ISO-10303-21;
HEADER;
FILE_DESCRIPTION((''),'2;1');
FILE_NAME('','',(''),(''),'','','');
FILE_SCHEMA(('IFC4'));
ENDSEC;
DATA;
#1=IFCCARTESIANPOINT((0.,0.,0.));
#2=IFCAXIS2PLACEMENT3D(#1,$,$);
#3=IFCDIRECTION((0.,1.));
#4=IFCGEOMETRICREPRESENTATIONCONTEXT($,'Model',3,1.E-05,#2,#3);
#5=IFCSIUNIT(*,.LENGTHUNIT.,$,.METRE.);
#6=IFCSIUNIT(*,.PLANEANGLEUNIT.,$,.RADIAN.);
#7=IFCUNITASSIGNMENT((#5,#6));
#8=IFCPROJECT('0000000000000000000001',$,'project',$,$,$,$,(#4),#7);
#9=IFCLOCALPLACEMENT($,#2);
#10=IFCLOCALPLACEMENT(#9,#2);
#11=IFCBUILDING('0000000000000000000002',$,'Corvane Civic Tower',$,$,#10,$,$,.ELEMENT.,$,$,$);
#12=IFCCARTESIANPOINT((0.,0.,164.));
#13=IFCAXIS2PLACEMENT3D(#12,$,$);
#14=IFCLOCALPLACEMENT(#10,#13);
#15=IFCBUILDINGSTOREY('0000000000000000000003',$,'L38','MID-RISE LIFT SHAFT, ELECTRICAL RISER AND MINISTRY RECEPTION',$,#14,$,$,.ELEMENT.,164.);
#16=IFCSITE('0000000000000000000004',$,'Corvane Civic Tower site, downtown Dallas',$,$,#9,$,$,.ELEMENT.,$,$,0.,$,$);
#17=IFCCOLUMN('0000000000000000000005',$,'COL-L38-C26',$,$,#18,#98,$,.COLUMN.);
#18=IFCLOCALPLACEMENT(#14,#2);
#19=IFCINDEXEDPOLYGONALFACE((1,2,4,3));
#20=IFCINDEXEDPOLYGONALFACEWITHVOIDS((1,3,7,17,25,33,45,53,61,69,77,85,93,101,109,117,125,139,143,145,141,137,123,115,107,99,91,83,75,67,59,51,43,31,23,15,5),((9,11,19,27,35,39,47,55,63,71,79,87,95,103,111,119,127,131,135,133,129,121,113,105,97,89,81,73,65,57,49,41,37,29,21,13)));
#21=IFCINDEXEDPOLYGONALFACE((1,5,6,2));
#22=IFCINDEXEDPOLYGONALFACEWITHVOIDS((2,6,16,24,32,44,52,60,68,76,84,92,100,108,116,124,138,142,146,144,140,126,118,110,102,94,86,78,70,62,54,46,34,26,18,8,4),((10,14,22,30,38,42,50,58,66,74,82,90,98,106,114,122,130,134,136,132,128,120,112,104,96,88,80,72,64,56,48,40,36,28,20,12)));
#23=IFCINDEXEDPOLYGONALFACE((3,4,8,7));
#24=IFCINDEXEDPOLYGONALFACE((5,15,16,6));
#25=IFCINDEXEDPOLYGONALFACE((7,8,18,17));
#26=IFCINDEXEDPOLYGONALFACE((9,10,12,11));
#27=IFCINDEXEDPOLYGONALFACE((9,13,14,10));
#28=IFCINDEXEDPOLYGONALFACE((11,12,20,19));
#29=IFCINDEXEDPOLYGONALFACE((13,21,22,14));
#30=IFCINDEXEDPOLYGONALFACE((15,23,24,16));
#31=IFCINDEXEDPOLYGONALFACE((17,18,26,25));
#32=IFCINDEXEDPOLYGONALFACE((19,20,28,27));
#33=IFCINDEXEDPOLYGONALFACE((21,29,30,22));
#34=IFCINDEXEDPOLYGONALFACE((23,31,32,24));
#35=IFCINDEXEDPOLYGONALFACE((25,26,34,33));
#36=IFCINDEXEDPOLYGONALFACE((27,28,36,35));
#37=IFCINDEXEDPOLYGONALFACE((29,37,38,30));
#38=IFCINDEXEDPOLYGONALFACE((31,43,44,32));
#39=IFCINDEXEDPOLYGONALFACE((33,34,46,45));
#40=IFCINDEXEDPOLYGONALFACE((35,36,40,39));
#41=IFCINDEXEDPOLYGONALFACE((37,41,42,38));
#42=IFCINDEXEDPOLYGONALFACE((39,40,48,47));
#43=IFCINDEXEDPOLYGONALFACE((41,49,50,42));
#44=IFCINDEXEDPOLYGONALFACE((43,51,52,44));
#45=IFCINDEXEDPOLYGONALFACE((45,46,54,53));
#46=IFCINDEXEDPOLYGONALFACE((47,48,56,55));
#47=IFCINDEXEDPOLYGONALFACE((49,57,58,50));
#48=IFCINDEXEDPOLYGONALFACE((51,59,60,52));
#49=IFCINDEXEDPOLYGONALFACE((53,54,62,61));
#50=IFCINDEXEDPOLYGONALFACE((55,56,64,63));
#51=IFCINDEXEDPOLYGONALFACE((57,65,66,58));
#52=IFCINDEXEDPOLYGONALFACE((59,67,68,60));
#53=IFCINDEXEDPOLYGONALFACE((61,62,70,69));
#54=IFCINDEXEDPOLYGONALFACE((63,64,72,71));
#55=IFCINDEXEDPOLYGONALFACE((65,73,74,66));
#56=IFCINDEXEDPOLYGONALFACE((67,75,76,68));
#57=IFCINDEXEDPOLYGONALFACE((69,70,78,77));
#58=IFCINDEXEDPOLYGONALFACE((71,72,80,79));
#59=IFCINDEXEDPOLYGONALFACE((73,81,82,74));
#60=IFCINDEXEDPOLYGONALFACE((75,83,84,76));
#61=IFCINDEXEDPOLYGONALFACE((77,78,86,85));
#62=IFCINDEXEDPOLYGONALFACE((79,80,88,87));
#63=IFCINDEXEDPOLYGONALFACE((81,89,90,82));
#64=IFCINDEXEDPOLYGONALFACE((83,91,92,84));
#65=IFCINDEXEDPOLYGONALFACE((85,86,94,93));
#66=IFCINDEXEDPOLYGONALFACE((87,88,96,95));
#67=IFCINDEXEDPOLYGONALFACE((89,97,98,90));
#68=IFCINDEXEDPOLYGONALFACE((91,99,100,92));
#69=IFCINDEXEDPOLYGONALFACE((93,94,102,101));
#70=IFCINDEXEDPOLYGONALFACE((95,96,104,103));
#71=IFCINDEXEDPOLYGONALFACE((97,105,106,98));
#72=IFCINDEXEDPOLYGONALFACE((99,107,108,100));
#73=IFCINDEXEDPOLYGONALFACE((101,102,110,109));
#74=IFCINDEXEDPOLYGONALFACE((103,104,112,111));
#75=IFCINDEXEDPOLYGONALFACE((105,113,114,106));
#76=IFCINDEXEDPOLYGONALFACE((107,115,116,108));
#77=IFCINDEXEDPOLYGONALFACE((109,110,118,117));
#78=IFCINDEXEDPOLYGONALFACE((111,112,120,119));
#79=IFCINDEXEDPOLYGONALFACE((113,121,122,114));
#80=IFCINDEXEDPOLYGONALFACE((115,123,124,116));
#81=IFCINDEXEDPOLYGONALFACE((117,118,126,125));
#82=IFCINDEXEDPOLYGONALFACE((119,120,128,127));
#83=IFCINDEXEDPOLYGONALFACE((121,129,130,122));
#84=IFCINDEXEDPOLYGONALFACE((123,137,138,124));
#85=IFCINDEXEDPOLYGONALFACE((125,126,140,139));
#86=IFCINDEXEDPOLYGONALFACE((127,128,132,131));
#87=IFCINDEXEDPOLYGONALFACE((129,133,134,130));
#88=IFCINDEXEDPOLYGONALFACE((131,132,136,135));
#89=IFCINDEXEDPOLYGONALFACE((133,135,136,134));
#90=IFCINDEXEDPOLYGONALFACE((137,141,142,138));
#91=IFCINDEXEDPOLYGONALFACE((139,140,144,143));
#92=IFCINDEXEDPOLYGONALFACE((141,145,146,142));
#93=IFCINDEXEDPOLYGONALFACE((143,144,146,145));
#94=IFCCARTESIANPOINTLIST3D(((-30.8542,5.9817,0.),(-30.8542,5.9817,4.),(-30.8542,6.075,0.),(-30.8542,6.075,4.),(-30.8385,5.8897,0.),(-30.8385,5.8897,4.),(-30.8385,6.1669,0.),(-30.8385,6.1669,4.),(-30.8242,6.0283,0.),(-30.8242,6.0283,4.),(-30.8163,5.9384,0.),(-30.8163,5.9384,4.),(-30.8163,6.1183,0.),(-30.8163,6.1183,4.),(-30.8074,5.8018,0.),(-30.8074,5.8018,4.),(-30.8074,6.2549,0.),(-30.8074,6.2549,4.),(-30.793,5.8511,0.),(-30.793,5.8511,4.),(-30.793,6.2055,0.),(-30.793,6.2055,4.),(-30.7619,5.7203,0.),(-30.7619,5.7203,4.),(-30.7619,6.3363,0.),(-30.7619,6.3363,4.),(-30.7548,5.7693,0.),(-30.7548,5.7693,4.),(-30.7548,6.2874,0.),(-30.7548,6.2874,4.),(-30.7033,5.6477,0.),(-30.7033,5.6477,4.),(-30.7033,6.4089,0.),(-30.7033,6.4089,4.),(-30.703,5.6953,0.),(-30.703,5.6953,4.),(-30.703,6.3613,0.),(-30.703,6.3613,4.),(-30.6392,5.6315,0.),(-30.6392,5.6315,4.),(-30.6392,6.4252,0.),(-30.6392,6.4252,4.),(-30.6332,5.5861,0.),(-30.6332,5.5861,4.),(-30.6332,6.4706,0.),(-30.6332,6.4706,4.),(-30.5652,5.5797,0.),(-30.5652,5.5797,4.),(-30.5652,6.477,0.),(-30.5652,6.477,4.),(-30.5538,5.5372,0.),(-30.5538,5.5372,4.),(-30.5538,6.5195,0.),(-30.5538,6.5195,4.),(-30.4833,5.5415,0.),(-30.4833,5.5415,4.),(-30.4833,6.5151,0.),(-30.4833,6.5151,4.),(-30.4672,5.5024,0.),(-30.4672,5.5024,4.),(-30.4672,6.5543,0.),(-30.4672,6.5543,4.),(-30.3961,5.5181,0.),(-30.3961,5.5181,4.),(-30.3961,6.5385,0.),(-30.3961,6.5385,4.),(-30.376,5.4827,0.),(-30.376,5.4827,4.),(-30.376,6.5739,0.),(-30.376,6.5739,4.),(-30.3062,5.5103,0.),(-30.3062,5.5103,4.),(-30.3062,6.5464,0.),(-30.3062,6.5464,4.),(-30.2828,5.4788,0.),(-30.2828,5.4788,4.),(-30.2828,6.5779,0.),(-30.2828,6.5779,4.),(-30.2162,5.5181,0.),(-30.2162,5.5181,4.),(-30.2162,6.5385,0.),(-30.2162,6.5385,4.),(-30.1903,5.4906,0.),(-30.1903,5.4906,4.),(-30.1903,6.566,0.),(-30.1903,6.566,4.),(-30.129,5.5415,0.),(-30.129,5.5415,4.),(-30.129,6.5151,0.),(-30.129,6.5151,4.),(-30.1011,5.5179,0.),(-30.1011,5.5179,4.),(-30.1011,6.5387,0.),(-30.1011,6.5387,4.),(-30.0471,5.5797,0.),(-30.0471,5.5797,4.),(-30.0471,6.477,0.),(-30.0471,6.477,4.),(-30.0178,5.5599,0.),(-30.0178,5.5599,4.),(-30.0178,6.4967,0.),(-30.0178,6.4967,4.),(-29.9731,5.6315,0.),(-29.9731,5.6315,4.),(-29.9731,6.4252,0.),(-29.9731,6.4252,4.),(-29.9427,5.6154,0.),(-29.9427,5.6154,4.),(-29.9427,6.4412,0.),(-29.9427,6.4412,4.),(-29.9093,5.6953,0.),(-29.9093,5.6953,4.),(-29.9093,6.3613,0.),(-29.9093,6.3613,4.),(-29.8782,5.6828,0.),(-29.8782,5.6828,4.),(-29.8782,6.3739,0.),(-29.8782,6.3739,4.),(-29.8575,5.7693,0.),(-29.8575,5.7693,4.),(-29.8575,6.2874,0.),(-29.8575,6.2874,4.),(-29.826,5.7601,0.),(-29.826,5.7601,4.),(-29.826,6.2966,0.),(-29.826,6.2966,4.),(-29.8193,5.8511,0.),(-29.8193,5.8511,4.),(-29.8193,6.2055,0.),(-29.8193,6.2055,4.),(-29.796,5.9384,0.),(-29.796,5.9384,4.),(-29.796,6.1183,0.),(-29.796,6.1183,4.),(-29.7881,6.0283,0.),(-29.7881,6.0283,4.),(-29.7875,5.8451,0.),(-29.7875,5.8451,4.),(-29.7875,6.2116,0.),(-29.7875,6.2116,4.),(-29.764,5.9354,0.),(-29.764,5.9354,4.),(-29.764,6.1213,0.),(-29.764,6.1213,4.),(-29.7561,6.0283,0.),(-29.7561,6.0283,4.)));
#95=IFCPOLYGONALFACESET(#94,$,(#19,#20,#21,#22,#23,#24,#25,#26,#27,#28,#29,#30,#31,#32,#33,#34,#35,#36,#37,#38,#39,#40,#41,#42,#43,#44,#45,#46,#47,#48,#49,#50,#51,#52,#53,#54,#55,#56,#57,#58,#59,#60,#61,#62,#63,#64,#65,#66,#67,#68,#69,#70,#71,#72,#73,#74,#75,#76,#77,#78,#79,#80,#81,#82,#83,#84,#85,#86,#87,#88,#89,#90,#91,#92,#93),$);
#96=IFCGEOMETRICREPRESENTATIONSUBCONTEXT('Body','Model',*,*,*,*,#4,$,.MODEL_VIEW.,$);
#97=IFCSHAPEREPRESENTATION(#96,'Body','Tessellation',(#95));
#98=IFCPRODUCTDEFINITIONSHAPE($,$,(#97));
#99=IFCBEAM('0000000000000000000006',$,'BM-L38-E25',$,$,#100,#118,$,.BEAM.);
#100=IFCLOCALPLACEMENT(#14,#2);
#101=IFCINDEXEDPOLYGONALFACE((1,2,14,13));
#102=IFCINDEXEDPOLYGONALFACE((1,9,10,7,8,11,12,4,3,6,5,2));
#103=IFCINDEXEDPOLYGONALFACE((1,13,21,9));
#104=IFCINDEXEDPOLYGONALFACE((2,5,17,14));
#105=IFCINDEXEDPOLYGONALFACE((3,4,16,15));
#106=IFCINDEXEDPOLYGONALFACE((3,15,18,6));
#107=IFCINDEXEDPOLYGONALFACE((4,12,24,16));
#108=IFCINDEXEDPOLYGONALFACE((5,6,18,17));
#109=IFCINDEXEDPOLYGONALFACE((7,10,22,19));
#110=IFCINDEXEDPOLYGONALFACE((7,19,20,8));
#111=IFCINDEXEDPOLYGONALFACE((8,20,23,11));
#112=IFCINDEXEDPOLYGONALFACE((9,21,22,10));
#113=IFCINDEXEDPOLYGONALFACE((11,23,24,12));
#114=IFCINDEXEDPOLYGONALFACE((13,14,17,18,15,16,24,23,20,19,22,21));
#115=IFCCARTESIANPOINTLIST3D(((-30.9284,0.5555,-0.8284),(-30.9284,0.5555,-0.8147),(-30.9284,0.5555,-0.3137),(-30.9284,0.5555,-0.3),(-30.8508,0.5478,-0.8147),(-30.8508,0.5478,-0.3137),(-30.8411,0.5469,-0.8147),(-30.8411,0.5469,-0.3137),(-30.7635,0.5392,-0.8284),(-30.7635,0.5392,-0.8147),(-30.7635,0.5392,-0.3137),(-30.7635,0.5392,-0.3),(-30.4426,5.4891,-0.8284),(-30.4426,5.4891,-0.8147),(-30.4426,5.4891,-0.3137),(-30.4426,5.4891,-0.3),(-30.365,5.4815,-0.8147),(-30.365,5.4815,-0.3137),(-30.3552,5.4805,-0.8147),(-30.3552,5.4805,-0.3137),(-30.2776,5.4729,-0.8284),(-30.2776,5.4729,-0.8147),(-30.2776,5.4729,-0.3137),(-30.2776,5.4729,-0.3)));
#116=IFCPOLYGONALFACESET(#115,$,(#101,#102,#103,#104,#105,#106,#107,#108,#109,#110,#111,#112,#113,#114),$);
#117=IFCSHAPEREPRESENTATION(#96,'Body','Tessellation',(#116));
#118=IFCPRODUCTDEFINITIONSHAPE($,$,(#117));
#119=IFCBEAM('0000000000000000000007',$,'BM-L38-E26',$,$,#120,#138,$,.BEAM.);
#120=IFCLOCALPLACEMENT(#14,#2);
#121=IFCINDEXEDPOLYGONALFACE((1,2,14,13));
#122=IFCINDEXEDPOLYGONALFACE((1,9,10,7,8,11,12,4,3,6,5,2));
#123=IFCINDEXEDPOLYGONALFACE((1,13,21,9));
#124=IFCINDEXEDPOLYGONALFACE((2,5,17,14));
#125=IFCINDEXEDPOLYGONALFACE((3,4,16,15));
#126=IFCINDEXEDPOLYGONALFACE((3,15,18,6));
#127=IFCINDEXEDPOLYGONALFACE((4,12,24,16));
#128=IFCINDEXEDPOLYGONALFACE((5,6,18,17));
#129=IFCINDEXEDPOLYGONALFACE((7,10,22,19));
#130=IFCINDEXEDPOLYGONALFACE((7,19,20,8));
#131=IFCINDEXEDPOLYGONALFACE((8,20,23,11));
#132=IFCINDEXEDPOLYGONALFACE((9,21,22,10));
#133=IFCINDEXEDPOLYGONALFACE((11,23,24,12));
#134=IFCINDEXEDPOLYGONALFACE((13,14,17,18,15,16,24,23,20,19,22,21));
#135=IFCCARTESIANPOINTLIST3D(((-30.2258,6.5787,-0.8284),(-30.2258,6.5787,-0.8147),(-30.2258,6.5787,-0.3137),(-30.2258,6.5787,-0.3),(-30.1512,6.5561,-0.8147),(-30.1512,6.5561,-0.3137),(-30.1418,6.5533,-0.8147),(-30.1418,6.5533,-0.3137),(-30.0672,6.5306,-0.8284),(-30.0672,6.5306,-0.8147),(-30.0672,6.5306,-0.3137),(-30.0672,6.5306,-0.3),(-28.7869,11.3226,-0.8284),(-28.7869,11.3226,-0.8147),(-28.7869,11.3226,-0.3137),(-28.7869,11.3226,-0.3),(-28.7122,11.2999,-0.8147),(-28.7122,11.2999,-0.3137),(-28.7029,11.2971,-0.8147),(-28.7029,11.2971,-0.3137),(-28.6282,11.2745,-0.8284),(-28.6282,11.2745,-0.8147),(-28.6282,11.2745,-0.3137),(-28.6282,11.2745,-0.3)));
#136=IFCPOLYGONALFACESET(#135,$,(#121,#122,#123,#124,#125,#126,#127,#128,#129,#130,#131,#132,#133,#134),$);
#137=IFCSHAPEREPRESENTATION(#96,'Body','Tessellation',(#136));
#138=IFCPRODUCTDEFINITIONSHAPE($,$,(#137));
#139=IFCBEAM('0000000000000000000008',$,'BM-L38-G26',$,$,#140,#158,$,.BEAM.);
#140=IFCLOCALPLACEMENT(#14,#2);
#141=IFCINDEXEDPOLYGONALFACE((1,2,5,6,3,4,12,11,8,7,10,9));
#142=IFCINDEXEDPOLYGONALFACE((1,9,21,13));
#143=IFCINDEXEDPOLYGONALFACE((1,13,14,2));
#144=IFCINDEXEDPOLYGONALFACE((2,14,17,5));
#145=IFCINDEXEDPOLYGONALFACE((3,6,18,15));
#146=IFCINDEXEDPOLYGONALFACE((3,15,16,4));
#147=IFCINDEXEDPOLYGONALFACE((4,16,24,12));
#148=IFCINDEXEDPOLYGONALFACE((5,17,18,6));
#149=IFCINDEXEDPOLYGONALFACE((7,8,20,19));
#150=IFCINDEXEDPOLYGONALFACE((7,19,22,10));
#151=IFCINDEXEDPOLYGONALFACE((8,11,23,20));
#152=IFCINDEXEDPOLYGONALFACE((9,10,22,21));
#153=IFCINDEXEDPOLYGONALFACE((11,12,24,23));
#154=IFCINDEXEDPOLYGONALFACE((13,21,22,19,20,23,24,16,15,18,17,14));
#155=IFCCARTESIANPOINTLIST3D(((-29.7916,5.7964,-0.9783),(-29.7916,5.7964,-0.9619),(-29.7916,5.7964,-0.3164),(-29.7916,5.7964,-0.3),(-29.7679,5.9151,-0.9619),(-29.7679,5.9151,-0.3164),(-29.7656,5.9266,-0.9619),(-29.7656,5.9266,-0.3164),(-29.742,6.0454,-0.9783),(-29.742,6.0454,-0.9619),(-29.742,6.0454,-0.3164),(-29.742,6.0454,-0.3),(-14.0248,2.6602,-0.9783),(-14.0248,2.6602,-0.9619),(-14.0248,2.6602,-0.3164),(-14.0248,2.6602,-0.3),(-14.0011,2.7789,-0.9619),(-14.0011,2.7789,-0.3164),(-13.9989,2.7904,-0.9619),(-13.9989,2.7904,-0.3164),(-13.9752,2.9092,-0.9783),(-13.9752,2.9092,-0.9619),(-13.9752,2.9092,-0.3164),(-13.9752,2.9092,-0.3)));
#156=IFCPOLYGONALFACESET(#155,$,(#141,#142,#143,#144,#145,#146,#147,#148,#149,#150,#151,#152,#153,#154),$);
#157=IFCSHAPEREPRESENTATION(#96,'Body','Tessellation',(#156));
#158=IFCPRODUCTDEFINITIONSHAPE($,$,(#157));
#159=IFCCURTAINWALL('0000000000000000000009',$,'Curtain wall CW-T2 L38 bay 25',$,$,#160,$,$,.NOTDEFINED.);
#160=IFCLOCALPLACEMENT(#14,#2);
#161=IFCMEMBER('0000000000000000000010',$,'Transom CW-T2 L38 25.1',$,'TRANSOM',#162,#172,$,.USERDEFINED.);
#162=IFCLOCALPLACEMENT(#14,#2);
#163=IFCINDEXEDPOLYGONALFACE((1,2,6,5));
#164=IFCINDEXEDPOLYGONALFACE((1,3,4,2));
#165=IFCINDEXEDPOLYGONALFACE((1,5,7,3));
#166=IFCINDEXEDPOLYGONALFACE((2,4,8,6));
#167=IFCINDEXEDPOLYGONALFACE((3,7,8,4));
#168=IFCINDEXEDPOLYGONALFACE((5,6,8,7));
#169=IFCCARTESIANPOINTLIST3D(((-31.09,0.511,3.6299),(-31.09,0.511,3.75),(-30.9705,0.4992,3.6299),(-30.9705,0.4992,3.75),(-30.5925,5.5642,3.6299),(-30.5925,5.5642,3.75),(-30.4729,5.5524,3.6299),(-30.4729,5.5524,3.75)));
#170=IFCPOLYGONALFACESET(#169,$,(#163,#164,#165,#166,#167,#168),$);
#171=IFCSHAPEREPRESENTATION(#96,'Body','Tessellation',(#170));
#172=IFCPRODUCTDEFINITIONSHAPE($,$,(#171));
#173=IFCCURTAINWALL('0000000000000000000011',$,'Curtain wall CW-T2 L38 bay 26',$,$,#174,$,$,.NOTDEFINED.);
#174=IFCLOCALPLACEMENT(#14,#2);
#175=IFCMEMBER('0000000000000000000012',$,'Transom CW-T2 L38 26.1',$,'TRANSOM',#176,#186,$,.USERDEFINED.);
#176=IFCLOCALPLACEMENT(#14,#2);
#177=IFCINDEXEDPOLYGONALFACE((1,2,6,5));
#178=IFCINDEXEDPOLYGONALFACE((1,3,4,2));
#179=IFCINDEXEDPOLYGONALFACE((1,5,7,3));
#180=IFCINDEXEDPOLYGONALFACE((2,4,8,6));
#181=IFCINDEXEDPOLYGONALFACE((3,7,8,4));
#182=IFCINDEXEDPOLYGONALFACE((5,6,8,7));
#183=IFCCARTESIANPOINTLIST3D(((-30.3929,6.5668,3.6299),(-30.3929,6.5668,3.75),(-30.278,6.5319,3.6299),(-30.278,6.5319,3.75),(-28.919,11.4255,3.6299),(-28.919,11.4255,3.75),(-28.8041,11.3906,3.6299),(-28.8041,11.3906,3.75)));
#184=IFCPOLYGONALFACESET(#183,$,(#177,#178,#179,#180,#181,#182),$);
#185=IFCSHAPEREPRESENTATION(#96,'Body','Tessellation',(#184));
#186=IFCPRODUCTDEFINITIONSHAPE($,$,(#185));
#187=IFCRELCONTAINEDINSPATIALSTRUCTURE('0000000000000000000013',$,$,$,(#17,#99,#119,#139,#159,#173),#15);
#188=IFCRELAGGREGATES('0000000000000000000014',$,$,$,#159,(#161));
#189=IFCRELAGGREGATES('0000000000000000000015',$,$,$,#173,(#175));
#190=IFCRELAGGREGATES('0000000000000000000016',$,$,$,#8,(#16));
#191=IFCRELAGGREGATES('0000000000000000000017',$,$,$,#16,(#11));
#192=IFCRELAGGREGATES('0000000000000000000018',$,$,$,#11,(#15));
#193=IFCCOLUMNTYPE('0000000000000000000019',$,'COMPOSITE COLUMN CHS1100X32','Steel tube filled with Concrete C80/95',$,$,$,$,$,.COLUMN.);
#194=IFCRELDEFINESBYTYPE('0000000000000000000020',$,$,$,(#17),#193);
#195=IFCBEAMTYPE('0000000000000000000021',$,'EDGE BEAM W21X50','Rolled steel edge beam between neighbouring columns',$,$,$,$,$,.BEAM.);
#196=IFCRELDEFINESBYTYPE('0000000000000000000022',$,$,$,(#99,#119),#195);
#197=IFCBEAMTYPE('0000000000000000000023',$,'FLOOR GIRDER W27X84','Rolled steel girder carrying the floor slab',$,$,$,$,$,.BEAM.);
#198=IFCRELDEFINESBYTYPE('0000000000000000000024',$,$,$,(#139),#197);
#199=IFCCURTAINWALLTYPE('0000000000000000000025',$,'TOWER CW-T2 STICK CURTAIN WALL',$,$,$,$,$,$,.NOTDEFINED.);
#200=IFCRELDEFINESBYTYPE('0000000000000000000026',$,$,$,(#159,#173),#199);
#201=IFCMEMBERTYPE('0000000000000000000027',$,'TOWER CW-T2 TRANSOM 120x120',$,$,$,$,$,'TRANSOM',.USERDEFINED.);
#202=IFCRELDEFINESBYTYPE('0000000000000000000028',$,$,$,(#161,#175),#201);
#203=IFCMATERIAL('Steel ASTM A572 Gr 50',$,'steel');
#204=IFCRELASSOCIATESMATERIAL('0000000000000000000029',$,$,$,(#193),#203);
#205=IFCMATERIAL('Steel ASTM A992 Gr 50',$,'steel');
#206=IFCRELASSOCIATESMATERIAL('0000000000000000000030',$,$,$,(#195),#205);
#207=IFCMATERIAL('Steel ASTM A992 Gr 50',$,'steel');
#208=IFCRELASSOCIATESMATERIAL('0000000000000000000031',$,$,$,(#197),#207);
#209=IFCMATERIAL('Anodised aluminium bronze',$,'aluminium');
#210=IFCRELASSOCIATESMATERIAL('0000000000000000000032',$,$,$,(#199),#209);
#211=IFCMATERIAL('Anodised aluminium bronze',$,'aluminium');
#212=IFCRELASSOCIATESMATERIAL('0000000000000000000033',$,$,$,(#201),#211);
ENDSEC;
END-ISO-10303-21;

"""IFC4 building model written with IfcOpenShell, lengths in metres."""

from ifc_helpers import new_model, si_unit, direction, frame, origin, origin_2d, place, context, subcontext, project, spatial, rectangle, hollow_circle, i_section, extrude, material, material_profile, profile_set, type_object, element, aggregate, save


model = new_model("IFC4")

# Units and contexts
model_context = context("Model", 3, precision=1e-05, world=origin(), true_north=direction((0.0, 1.0)))
body_context = subcontext(model_context, "Body", "Model", "MODEL_VIEW")
ifc_project = project(units=[si_unit("LENGTHUNIT", "METRE"), si_unit("PLANEANGLEUNIT", "RADIAN")], contexts=[model_context])

# Site, building, storey
site_placement = place(None, origin())
site = spatial("IfcSite", under=ifc_project, at=site_placement, Name="Corvane Civic Tower site, downtown Dallas", CompositionType="ELEMENT", RefElevation=0.0)
building_placement = place(site_placement, origin())
building = spatial("IfcBuilding", under=site, at=building_placement, Name="Corvane Civic Tower", CompositionType="ELEMENT")
storey_placement = place(building_placement, frame((0.0, 0.0, 164.0)))
storey = spatial("IfcBuildingStorey", under=building, at=storey_placement, Name="L38", Description="MID-RISE LIFT SHAFT, ELECTRICAL RISER AND MINISTRY RECEPTION", CompositionType="ELEMENT", Elevation=164.0)

# Column
ifc_material_1 = material(Name="Steel ASTM A572 Gr 50", Category="steel")
ifc_material_profile_1 = material_profile(ifc_material_1, hollow_circle(Radius=0.55, WallThickness=0.032, at=origin_2d()), Name="CHS1100X32")
ifc_profile_set_1 = profile_set([ifc_material_profile_1], Name="Steel ASTM A572 Gr 50")
column_type = type_object("IfcColumnType", Name="COMPOSITE COLUMN CHS1100X32", Description="Steel tube filled with Concrete C80/95", PredefinedType="COLUMN", material=ifc_profile_set_1)
column_placement = place(storey_placement, frame((-30.3062, 6.0283, 0.0), z_axis=(0.0, 0.0, 1.0), x_axis=(1.0, 0.0, 0.0)))
element("IfcColumn", 1, at=column_placement, inside=storey, type_object=column_type, Name="COL-L38-C26", PredefinedType="COLUMN", context=body_context, shape_type="SweptSolid", body=[
    extrude(hollow_circle(Radius=0.55, WallThickness=0.032, at=origin_2d()), origin(), (0.0, 0.0, 1.0), 4.0),
])

# Beams
ifc_material_2 = material(Name="Steel ASTM A992 Gr 50", Category="steel")
ifc_material_profile_2 = material_profile(ifc_material_2, i_section(OverallWidth=0.1658, OverallDepth=0.5283, WebThickness=0.0098, FlangeThickness=0.0137, at=origin_2d()), Name="W21X50")
ifc_profile_set_2 = profile_set([ifc_material_profile_2], Name="Steel ASTM A992 Gr 50")
beam_type_1 = type_object("IfcBeamType", Name="EDGE BEAM W21X50", Description="Rolled steel edge beam between neighbouring columns", PredefinedType="BEAM", material=ifc_profile_set_2)
beam_1_placement = place(storey_placement, frame((-30.8459, 0.5474, -0.5642), z_axis=(0.098002, 0.995186, 0.0), x_axis=(-0.995186, 0.098002, 0.0)))
element("IfcBeam", 2, at=beam_1_placement, inside=storey, type_object=beam_type_1, Name="BM-L38-E25", PredefinedType="BEAM", context=body_context, shape_type="SweptSolid", body=[
    extrude(i_section(OverallWidth=0.1658, OverallDepth=0.5283, WebThickness=0.0098, FlangeThickness=0.0137, at=origin_2d()), origin(), (0.0, 0.0, 1.0), 4.9575),
])
beam_2_placement = place(storey_placement, frame((-30.1465, 6.5547, -0.5642), z_axis=(0.29027, 0.956945, 0.0), x_axis=(-0.956945, 0.29027, 0.0)))
element("IfcBeam", 3, at=beam_2_placement, inside=storey, type_object=beam_type_1, Name="BM-L38-E26", PredefinedType="BEAM", context=body_context, shape_type="SweptSolid", body=[
    extrude(i_section(OverallWidth=0.1658, OverallDepth=0.5283, WebThickness=0.0098, FlangeThickness=0.0137, at=origin_2d()), origin(), (0.0, 0.0, 1.0), 4.9573),
])
ifc_material_3 = material(Name="Steel ASTM A992 Gr 50", Category="steel")
ifc_material_profile_3 = material_profile(ifc_material_3, i_section(OverallWidth=0.2539, OverallDepth=0.6782, WebThickness=0.0117, FlangeThickness=0.0164, at=origin_2d()), Name="W27X84")
ifc_profile_set_3 = profile_set([ifc_material_profile_3], Name="Steel ASTM A992 Gr 50")
beam_type_2 = type_object("IfcBeamType", Name="FLOOR GIRDER W27X84", Description="Rolled steel girder carrying the floor slab", PredefinedType="BEAM", material=ifc_profile_set_3)
beam_3_placement = place(storey_placement, frame((-14.0, 2.7847, -0.6392), z_axis=(-0.980785, 0.195091, 0.0), x_axis=(-0.195091, -0.980785, 0.0)))
element("IfcBeam", 4, at=beam_3_placement, inside=storey, type_object=beam_type_2, Name="BM-L38-G26", PredefinedType="BEAM", context=body_context, shape_type="SweptSolid", body=[
    extrude(i_section(OverallWidth=0.2539, OverallDepth=0.6782, WebThickness=0.0117, FlangeThickness=0.0164, at=origin_2d()), origin(), (0.0, 0.0, 1.0), 16.0757),
])

# Curtain walls, members
ifc_material_4 = material(Name="Anodised aluminium bronze", Category="aluminium")
curtain_wall_type = type_object("IfcCurtainWallType", Name="TOWER CW-T2 STICK CURTAIN WALL", PredefinedType="NOTDEFINED", material=ifc_material_4)
curtain_wall_1_placement = place(storey_placement, origin())
curtain_wall_1 = element("IfcCurtainWall", 5, at=curtain_wall_1_placement, inside=storey, type_object=curtain_wall_type, Name="Curtain wall CW-T2 L38 bay 25", PredefinedType="NOTDEFINED")
ifc_material_5 = material(Name="Anodised aluminium bronze", Category="aluminium")
ifc_material_profile_4 = material_profile(ifc_material_5, rectangle(XDim=0.1201, YDim=0.1201, at=origin_2d()), Name="TOWER CW-T2 TRANSOM 120x120")
ifc_profile_set_4 = profile_set([ifc_material_profile_4], Name="Anodised aluminium bronze")
member_type = type_object("IfcMemberType", Name="TOWER CW-T2 TRANSOM 120x120", ElementType="TRANSOM", PredefinedType="USERDEFINED", material=ifc_profile_set_4)
member_1_placement = place(storey_placement, frame((-31.0303, 0.5051, 3.6899), z_axis=(0.09799, 0.995187, 0.0), x_axis=(-0.995187, 0.09799, 0.0)))
member_1 = element("IfcMember", 6, at=member_1_placement, type_object=member_type, Name="Transom CW-T2 L38 25.1", ObjectType="TRANSOM", PredefinedType="USERDEFINED", context=body_context, shape_type="SweptSolid", body=[
    extrude(rectangle(XDim=0.1201, YDim=0.1201, at=origin_2d()), origin(), (0.0, 0.0, 1.0), 5.0776),
])
curtain_wall_2_placement = place(storey_placement, origin())
curtain_wall_2 = element("IfcCurtainWall", 7, at=curtain_wall_2_placement, inside=storey, type_object=curtain_wall_type, Name="Curtain wall CW-T2 L38 bay 26", PredefinedType="NOTDEFINED")
member_2_placement = place(storey_placement, frame((-30.3354, 6.5493, 3.6899), z_axis=(0.290289, 0.956939, 0.0), x_axis=(-0.956939, 0.290289, 0.0)))
member_2 = element("IfcMember", 8, at=member_2_placement, type_object=member_type, Name="Transom CW-T2 L38 26.1", ObjectType="TRANSOM", PredefinedType="USERDEFINED", context=body_context, shape_type="SweptSolid", body=[
    extrude(rectangle(XDim=0.1201, YDim=0.1201, at=origin_2d()), origin(), (0.0, 0.0, 1.0), 5.0774),
])

aggregate(curtain_wall_1, [member_1])
aggregate(curtain_wall_2, [member_2])

save(model, "model.ifc")
